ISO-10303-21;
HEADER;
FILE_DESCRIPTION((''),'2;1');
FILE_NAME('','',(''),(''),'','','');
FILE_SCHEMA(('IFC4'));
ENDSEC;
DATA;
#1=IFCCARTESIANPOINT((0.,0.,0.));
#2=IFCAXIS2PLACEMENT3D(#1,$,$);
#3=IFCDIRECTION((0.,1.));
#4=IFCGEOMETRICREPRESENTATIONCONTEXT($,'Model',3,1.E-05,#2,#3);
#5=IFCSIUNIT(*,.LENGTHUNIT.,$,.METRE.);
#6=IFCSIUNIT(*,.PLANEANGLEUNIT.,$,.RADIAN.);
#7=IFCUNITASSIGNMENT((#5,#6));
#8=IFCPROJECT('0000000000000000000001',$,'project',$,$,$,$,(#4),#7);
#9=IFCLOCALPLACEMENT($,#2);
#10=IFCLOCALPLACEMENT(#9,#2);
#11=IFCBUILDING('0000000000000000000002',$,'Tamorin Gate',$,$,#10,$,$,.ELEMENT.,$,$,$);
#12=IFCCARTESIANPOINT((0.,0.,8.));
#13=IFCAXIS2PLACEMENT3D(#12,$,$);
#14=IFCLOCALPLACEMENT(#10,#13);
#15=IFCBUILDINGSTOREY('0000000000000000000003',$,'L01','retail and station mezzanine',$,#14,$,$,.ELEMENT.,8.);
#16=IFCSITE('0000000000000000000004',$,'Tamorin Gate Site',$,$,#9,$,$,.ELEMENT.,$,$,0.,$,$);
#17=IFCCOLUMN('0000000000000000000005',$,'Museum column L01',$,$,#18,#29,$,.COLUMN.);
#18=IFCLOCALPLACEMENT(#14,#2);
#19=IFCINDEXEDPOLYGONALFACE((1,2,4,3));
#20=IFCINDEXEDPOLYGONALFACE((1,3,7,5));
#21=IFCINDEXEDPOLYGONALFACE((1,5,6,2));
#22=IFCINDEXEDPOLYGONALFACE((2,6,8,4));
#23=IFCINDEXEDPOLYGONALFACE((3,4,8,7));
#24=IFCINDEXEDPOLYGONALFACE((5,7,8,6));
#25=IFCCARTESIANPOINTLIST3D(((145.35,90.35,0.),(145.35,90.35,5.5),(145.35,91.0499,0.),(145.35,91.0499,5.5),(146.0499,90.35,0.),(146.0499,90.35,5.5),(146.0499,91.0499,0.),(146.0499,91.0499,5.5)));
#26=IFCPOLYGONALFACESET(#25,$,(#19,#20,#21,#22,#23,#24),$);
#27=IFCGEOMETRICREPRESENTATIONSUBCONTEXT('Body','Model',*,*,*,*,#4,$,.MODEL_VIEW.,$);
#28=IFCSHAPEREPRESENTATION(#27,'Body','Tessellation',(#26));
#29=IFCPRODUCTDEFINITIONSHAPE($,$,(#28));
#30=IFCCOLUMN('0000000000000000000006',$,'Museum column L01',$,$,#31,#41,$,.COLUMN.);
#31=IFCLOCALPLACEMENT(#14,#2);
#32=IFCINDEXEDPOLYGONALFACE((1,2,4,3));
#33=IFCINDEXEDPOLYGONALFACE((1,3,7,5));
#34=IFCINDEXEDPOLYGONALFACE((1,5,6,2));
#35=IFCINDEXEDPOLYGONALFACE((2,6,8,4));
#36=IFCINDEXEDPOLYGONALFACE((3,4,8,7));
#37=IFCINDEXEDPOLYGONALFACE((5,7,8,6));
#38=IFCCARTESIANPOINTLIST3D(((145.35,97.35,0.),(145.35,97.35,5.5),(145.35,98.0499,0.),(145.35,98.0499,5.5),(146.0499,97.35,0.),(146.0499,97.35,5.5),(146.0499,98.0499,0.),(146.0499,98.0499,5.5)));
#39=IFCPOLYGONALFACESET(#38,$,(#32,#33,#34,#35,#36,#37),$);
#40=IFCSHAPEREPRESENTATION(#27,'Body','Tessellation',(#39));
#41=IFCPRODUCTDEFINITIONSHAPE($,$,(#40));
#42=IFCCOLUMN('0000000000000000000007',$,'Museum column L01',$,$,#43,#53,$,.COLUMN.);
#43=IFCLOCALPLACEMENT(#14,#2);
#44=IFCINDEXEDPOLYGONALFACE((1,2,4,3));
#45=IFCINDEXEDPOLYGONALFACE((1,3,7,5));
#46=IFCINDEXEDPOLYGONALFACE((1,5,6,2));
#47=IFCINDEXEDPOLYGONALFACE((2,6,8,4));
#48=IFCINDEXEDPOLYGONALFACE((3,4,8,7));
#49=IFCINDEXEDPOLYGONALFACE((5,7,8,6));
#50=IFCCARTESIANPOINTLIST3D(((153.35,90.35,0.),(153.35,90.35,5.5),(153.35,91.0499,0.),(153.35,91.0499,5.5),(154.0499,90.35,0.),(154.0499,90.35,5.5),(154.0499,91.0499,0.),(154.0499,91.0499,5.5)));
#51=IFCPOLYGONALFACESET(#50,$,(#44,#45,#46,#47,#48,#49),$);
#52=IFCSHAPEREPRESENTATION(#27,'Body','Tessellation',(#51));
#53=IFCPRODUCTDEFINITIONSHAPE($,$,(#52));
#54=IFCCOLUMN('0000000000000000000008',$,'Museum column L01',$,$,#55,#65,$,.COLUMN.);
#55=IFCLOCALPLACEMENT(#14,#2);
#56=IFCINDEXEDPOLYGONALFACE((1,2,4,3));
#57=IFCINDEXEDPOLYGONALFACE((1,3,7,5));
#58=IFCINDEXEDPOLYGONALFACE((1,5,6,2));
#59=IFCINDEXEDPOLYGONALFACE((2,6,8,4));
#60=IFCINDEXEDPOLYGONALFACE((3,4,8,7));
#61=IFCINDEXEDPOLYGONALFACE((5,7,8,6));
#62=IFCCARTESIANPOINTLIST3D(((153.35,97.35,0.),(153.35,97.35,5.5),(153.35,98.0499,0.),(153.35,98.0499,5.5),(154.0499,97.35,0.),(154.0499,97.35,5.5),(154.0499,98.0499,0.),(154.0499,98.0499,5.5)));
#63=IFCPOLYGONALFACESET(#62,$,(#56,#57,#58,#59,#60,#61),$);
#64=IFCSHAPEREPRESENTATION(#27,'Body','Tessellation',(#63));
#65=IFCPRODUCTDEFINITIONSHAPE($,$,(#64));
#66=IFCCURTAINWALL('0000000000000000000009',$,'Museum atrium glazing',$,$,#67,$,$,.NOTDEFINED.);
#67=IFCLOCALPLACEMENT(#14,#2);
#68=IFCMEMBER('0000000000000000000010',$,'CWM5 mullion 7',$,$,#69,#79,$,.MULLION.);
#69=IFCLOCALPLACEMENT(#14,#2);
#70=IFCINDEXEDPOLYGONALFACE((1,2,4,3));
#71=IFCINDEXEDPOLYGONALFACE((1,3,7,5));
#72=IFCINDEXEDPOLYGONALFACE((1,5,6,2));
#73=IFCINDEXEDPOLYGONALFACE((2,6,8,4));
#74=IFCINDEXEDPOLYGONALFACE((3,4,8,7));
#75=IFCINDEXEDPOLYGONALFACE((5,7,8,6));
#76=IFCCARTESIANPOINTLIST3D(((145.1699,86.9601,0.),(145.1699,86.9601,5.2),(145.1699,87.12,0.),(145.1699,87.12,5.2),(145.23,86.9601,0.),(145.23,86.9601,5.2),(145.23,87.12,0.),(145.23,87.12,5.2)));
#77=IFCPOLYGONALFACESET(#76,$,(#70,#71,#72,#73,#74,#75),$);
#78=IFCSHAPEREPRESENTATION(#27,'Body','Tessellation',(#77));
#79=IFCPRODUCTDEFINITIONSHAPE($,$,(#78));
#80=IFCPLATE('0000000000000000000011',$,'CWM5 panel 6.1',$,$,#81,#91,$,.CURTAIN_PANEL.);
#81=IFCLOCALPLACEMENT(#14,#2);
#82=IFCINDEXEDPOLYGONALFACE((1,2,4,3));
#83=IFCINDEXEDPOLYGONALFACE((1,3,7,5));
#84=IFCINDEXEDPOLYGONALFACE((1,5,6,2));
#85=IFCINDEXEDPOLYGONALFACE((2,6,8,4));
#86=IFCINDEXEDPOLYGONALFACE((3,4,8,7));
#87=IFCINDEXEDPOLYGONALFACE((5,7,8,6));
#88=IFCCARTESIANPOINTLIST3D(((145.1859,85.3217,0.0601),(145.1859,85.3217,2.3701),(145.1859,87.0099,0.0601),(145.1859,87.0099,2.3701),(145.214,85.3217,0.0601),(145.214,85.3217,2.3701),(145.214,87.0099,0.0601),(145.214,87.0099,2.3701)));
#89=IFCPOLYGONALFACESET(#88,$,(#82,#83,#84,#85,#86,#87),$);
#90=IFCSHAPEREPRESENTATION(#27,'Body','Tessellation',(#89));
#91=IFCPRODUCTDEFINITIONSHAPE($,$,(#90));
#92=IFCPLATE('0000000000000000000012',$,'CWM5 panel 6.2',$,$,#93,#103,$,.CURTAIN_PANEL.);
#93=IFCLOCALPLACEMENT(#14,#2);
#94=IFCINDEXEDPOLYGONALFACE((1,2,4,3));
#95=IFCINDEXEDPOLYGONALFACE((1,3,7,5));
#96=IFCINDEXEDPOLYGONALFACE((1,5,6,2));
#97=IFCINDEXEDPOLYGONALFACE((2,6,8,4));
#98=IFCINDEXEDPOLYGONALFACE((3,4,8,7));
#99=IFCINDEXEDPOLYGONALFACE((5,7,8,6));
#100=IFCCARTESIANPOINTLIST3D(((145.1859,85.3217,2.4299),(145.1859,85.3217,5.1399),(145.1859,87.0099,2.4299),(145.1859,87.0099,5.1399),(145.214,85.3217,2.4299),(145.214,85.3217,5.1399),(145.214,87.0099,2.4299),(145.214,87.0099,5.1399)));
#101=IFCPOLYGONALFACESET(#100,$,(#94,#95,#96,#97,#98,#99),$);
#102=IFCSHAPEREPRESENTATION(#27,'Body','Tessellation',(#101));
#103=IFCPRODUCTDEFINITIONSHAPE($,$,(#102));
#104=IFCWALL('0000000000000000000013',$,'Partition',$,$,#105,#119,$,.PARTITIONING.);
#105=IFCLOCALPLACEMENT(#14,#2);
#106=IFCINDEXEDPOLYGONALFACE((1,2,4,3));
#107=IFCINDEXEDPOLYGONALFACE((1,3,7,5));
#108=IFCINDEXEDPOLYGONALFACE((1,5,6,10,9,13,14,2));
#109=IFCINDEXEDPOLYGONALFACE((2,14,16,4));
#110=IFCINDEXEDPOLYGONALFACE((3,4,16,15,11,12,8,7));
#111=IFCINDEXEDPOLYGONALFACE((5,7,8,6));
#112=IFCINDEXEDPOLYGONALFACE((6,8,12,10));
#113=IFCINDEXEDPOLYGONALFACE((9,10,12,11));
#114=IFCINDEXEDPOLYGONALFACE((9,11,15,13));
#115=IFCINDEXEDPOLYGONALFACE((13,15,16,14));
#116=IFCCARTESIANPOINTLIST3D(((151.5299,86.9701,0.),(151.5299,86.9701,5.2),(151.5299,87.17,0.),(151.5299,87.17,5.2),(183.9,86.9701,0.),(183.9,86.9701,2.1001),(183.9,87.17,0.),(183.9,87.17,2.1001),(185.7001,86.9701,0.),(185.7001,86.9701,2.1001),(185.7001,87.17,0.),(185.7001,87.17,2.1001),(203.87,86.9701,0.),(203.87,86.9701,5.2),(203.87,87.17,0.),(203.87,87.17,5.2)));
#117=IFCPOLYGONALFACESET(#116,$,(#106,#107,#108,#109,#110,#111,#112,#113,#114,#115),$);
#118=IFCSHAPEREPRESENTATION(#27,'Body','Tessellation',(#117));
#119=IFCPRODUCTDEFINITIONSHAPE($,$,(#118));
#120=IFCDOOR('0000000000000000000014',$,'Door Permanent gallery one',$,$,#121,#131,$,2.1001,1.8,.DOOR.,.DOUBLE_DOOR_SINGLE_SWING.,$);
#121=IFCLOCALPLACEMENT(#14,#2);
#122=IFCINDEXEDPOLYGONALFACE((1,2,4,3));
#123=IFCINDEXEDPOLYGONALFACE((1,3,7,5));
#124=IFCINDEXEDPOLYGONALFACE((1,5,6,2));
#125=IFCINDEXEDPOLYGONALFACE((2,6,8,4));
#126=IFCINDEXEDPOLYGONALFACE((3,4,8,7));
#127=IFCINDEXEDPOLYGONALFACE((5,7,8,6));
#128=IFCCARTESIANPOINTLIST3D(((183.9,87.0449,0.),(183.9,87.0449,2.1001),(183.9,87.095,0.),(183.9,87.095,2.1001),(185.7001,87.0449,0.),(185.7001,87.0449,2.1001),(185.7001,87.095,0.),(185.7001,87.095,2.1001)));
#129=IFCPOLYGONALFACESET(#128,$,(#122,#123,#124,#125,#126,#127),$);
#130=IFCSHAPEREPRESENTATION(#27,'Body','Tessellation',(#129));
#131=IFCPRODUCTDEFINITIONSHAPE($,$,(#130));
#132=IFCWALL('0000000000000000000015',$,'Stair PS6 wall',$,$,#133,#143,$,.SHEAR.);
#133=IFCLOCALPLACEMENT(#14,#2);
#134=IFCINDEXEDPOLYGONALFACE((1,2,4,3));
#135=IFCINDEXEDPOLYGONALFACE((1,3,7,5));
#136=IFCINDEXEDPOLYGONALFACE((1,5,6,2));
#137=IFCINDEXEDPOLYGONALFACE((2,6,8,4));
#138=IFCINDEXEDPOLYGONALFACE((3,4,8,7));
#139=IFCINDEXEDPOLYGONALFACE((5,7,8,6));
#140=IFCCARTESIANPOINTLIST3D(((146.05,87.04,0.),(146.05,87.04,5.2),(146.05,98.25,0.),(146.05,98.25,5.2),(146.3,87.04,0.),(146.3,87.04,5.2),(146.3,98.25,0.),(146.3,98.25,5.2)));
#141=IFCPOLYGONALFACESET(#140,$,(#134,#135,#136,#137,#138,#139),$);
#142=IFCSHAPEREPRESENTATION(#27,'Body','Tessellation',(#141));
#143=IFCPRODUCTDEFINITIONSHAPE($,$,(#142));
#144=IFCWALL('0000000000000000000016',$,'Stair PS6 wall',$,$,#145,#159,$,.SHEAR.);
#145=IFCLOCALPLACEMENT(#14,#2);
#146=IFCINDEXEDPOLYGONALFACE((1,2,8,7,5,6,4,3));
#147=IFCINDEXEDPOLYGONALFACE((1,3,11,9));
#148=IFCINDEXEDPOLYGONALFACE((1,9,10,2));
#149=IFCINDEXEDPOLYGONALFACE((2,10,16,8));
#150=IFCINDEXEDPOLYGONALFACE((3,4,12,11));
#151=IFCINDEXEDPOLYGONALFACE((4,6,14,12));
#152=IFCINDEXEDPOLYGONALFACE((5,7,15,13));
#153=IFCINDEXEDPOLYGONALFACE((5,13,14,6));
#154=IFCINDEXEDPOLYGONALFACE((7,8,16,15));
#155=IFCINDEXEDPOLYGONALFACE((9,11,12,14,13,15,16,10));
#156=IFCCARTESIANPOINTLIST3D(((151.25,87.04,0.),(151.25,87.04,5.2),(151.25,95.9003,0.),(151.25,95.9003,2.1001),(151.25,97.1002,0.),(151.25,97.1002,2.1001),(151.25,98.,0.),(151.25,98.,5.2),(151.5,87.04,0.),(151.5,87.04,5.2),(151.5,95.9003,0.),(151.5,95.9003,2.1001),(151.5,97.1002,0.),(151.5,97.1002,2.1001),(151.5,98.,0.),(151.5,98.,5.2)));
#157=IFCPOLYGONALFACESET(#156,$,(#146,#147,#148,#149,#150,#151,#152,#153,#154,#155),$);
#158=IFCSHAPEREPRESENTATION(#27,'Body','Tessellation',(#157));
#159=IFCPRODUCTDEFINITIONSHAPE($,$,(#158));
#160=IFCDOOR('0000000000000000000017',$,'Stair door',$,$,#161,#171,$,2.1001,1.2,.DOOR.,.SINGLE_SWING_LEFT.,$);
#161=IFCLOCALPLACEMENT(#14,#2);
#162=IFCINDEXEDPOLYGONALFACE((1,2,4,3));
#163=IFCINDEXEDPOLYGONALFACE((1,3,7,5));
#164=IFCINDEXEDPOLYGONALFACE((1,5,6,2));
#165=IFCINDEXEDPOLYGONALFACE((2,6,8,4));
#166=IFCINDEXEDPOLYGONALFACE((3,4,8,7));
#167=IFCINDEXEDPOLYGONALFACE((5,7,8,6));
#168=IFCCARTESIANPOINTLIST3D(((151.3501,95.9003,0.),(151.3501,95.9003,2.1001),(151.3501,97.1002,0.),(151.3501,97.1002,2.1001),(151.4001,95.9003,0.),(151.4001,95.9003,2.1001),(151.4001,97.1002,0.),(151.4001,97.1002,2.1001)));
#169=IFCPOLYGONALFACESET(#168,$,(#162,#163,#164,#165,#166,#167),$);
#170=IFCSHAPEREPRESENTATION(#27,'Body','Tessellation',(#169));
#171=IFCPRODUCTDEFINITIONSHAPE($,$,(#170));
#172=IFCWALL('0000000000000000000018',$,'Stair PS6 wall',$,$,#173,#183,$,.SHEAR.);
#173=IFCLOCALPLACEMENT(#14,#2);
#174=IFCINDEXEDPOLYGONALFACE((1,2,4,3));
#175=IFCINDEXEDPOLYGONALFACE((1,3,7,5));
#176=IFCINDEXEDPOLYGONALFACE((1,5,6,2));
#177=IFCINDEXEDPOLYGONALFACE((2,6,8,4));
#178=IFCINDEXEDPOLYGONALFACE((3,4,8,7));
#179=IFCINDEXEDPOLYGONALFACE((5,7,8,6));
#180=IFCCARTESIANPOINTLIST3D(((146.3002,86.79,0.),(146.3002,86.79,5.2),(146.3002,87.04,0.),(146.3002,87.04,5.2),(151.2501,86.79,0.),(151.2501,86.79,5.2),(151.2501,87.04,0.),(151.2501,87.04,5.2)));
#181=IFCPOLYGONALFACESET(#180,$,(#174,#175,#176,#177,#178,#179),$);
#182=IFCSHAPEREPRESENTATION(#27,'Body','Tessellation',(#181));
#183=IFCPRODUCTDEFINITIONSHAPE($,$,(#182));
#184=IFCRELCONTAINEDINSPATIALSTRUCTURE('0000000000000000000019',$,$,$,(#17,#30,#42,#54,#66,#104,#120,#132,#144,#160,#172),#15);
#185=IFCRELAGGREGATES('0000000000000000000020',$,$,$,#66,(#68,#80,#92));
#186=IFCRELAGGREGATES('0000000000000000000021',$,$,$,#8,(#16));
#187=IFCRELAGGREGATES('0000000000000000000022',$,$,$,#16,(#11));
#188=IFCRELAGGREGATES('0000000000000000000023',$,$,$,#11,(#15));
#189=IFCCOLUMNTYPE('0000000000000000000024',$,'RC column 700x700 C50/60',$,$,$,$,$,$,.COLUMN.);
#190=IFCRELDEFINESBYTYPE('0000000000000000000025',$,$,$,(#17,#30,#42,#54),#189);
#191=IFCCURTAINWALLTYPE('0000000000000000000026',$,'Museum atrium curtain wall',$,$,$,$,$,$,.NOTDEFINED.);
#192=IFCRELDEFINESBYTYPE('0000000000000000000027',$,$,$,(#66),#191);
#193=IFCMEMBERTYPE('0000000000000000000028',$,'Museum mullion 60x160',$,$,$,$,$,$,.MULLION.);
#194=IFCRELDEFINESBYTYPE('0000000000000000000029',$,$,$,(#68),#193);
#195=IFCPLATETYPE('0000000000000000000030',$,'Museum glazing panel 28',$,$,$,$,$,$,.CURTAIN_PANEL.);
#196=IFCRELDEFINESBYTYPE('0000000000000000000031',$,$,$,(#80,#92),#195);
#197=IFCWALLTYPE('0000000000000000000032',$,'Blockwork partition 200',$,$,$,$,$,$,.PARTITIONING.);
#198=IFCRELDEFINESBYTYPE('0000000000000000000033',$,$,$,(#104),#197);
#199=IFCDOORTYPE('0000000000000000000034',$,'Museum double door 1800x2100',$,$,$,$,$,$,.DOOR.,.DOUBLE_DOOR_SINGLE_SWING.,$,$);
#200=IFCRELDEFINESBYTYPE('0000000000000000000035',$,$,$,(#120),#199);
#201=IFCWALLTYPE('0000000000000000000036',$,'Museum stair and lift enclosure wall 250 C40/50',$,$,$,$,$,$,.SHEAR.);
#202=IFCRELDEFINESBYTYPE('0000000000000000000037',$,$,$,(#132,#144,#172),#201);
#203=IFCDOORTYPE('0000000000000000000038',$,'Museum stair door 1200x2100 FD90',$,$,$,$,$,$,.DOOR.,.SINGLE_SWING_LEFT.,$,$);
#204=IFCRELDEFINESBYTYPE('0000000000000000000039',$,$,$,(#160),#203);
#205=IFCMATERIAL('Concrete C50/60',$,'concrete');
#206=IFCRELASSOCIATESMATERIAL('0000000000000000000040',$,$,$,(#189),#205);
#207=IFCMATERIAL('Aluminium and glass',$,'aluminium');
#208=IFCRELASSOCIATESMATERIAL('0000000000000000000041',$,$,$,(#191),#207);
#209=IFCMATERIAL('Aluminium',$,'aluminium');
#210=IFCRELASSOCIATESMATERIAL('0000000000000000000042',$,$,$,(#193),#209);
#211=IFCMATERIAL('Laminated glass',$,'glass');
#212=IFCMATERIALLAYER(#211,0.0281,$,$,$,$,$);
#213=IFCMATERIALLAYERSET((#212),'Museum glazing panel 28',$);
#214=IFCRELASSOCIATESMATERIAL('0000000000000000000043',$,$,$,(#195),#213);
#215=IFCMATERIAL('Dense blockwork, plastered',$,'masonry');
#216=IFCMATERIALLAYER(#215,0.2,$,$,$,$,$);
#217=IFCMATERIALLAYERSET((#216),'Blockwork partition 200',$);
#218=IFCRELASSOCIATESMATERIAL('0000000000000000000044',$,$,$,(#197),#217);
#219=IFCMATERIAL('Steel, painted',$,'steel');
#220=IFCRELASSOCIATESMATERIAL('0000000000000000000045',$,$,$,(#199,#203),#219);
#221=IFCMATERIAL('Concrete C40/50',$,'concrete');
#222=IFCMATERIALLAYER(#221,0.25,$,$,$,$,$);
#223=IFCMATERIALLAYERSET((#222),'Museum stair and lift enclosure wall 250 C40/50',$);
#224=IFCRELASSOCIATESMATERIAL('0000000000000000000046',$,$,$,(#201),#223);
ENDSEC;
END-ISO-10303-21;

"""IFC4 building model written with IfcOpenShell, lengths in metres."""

from ifc_helpers import new_model, si_unit, direction, frame, frame_2d, origin, origin_2d, place, context, subcontext, project, spatial, rectangle, extrude, material, layer, layer_set, material_profile, profile_set, type_object, element, fill, aggregate, save


model = new_model("IFC4")

# Units and contexts
model_context = context("Model", 3, precision=1e-05, world=origin(), true_north=direction((0.0, 1.0)))
body_context = subcontext(model_context, "Body", "Model", "MODEL_VIEW")
ifc_project = project(units=[si_unit("LENGTHUNIT", "METRE"), si_unit("PLANEANGLEUNIT", "RADIAN")], contexts=[model_context])

# Site, building, storey
site_placement = place(None, origin())
site = spatial("IfcSite", under=ifc_project, at=site_placement, Name="Tamorin Gate Site", CompositionType="ELEMENT", RefElevation=0.0)
building_placement = place(site_placement, origin())
building = spatial("IfcBuilding", under=site, at=building_placement, Name="Tamorin Gate", CompositionType="ELEMENT")
storey_placement = place(building_placement, frame((0.0, 0.0, 8.0)))
storey = spatial("IfcBuildingStorey", under=building, at=storey_placement, Name="L01", Description="retail and station mezzanine", CompositionType="ELEMENT", Elevation=8.0)

# Columns
ifc_material_1 = material(Name="Concrete C50/60", Category="concrete")
ifc_material_profile_1 = material_profile(ifc_material_1, rectangle(XDim=0.7, YDim=0.7, at=origin_2d()), Name="RC 700x700")
ifc_profile_set_1 = profile_set([ifc_material_profile_1], Name="Concrete C50/60")
column_type = type_object("IfcColumnType", Name="RC column 700x700 C50/60", PredefinedType="COLUMN", material=ifc_profile_set_1)
for number, where, z_axis, x_axis, name in (
    (1, (145.7, 90.7, 0.0), (0.0, 0.0, 1.0), (1.0, 0.0, 0.0), "Museum column L01"),
    (2, (145.7, 97.7, 0.0), (0.0, 0.0, 1.0), (1.0, 0.0, 0.0), "Museum column L01"),
    (3, (153.7, 90.7, 0.0), (0.0, 0.0, 1.0), (1.0, 0.0, 0.0), "Museum column L01"),
    (4, (153.7, 97.7, 0.0), (0.0, 0.0, 1.0), (1.0, 0.0, 0.0), "Museum column L01"),
):
    element("IfcColumn", number, at=place(storey_placement, frame(where, z_axis=z_axis, x_axis=x_axis)), inside=storey, type_object=column_type, Name=name, PredefinedType="COLUMN", context=body_context, shape_type="SweptSolid", body=[
        extrude(rectangle(XDim=0.7, YDim=0.7, at=origin_2d()), origin(), (0.0, 0.0, 1.0), 5.5),
    ])

# Curtain wall, member, plates
ifc_material_2 = material(Name="Aluminium and glass", Category="aluminium")
curtain_wall_type = type_object("IfcCurtainWallType", Name="Museum atrium curtain wall", PredefinedType="NOTDEFINED", material=ifc_material_2)
curtain_wall_placement = place(storey_placement, origin())
curtain_wall = element("IfcCurtainWall", 5, at=curtain_wall_placement, inside=storey, type_object=curtain_wall_type, Name="Museum atrium glazing", PredefinedType="NOTDEFINED")
ifc_material_3 = material(Name="Aluminium", Category="aluminium")
ifc_material_profile_2 = material_profile(ifc_material_3, rectangle(XDim=0.0601, YDim=0.1599, at=origin_2d()), Name="RECT 60x160")
ifc_profile_set_2 = profile_set([ifc_material_profile_2], Name="Aluminium")
member_type = type_object("IfcMemberType", Name="Museum mullion 60x160", PredefinedType="MULLION", material=ifc_profile_set_2)
member_placement = place(storey_placement, frame((145.2, 87.04, 0.0), z_axis=(0.0, 0.0, 1.0), x_axis=(-1.0, 0.0, 0.0)))
member = element("IfcMember", 6, at=member_placement, type_object=member_type, Name="CWM5 mullion 7", PredefinedType="MULLION", context=body_context, shape_type="SweptSolid", body=[
    extrude(rectangle(XDim=0.0601, YDim=0.1599, at=origin_2d()), origin(), (0.0, 0.0, 1.0), 5.2),
])
ifc_material_4 = material(Name="Laminated glass", Category="glass")
ifc_layer_1 = layer(ifc_material_4, 0.0281)
ifc_layer_set_1 = layer_set([ifc_layer_1], Name="Museum glazing panel 28")
plate_type = type_object("IfcPlateType", Name="Museum glazing panel 28", PredefinedType="CURTAIN_PANEL", material=ifc_layer_set_1)
plate_1_placement = place(storey_placement, frame((145.2, 86.1658, 0.0601), z_axis=(0.0, 0.0, 1.0), x_axis=(0.0, 1.0, 0.0)))
plate_1 = element("IfcPlate", 7, at=plate_1_placement, type_object=plate_type, Name="CWM5 panel 6.1", PredefinedType="CURTAIN_PANEL", context=body_context, shape_type="SweptSolid", body=[
    extrude(rectangle(XDim=1.6882, YDim=0.0281, at=origin_2d()), origin(), (0.0, 0.0, 1.0), 2.3101),
])
plate_2_placement = place(storey_placement, frame((145.2, 86.1658, 2.4299), z_axis=(0.0, 0.0, 1.0), x_axis=(0.0, 1.0, 0.0)))
plate_2 = element("IfcPlate", 8, at=plate_2_placement, type_object=plate_type, Name="CWM5 panel 6.2", PredefinedType="CURTAIN_PANEL", context=body_context, shape_type="SweptSolid", body=[
    extrude(rectangle(XDim=1.6882, YDim=0.0281, at=origin_2d()), origin(), (0.0, 0.0, 1.0), 2.71),
])
aggregate(curtain_wall, [member, plate_1, plate_2])

# Wall, opening, door
ifc_material_5 = material(Name="Dense blockwork, plastered", Category="masonry")
ifc_layer_2 = layer(ifc_material_5, 0.2)
ifc_layer_set_2 = layer_set([ifc_layer_2], Name="Blockwork partition 200")
wall_type_1 = type_object("IfcWallType", Name="Blockwork partition 200", PredefinedType="PARTITIONING", material=ifc_layer_set_2)
wall_1_placement = place(storey_placement, frame((151.53, 87.0701, 0.0), z_axis=(0.0, 0.0, 1.0), x_axis=(1.0, 0.0, 0.0)))
wall_1 = element("IfcWall", 9, at=wall_1_placement, inside=storey, type_object=wall_type_1, Name="Partition", PredefinedType="PARTITIONING", context=body_context, shape_type="SweptSolid", body=[
    extrude(rectangle(XDim=52.3401, YDim=0.2, at=frame_2d((26.1699, 0.0))), origin(), (0.0, 0.0, 1.0), 5.2),
])
opening_1_placement = place(wall_1_placement, frame((32.3701, 0.0, 0.0)))
opening_1 = element("IfcOpeningElement", 10, at=opening_1_placement, cuts=wall_1, PredefinedType="OPENING", context=body_context, shape_type="SweptSolid", body=[
    extrude(rectangle(XDim=1.8, YDim=2.1001, at=frame_2d((0.8999, 1.05))), frame((0.0, 0.1099, 0.0), z_axis=(0.0, -1.0, 0.0), x_axis=(1.0, 0.0, 0.0)), (0.0, 0.0, 1.0), 0.22),
])
ifc_material_6 = material(Name="Steel, painted", Category="steel")
door_type_1 = type_object("IfcDoorType", Name="Museum double door 1800x2100", OperationType="DOUBLE_DOOR_SINGLE_SWING", PredefinedType="DOOR", material=ifc_material_6)
door_1_placement = place(opening_1_placement, origin())
door_1 = element("IfcDoor", 11, at=door_1_placement, inside=storey, type_object=door_type_1, Name="Door Permanent gallery one", OperationType="DOUBLE_DOOR_SINGLE_SWING", OverallHeight=2.1001, OverallWidth=1.8, PredefinedType="DOOR", context=body_context, shape_type="SweptSolid", body=[
    extrude(rectangle(XDim=1.8, YDim=2.1001, at=frame_2d((0.8999, 1.05))), frame((0.0, 0.0249, 0.0), z_axis=(0.0, -1.0, 0.0), x_axis=(1.0, 0.0, 0.0)), (0.0, 0.0, 1.0), 0.05),
])
fill(opening_1, door_1)

# Wall
ifc_material_7 = material(Name="Concrete C40/50", Category="concrete")
ifc_layer_3 = layer(ifc_material_7, 0.25)
ifc_layer_set_3 = layer_set([ifc_layer_3], Name="Museum stair and lift enclosure wall 250 C40/50")
wall_type_2 = type_object("IfcWallType", Name="Museum stair and lift enclosure wall 250 C40/50", PredefinedType="SHEAR", material=ifc_layer_set_3)
wall_2_placement = place(storey_placement, frame((146.175, 87.04, 0.0), z_axis=(0.0, 0.0, 1.0), x_axis=(0.0, 1.0, 0.0)))
element("IfcWall", 12, at=wall_2_placement, inside=storey, type_object=wall_type_2, Name="Stair PS6 wall", PredefinedType="SHEAR", context=body_context, shape_type="SweptSolid", body=[
    extrude(rectangle(XDim=11.21, YDim=0.25, at=frame_2d((5.605, 0.0))), origin(), (0.0, 0.0, 1.0), 5.2),
])

# Wall, opening, door
wall_3_placement = place(storey_placement, frame((151.375, 87.04, 0.0), z_axis=(0.0, 0.0, 1.0), x_axis=(0.0, 1.0, 0.0)))
wall_3 = element("IfcWall", 13, at=wall_3_placement, inside=storey, type_object=wall_type_2, Name="Stair PS6 wall", PredefinedType="SHEAR", context=body_context, shape_type="SweptSolid", body=[
    extrude(rectangle(XDim=10.96, YDim=0.25, at=frame_2d((5.48, 0.0))), origin(), (0.0, 0.0, 1.0), 5.2),
])
opening_2_placement = place(wall_3_placement, frame((8.8601, 0.0, 0.0)))
opening_2 = element("IfcOpeningElement", 14, at=opening_2_placement, cuts=wall_3, PredefinedType="OPENING", context=body_context, shape_type="SweptSolid", body=[
    extrude(rectangle(XDim=1.2, YDim=2.1001, at=frame_2d((0.6001, 1.05))), frame((0.0, 0.135, 0.0), z_axis=(0.0, -1.0, 0.0), x_axis=(1.0, 0.0, 0.0)), (0.0, 0.0, 1.0), 0.27),
])
door_type_2 = type_object("IfcDoorType", Name="Museum stair door 1200x2100 FD90", OperationType="SINGLE_SWING_LEFT", PredefinedType="DOOR", material=ifc_material_6)
door_2_placement = place(opening_2_placement, origin())
door_2 = element("IfcDoor", 15, at=door_2_placement, inside=storey, type_object=door_type_2, Name="Stair door", OperationType="SINGLE_SWING_LEFT", OverallHeight=2.1001, OverallWidth=1.2, PredefinedType="DOOR", context=body_context, shape_type="SweptSolid", body=[
    extrude(rectangle(XDim=1.2, YDim=2.1001, at=frame_2d((0.6001, 1.05))), frame((0.0, 0.0249, 0.0), z_axis=(0.0, -1.0, 0.0), x_axis=(1.0, 0.0, 0.0)), (0.0, 0.0, 1.0), 0.05),
])
fill(opening_2, door_2)

# Wall
wall_4_placement = place(storey_placement, frame((146.3, 86.915, 0.0), z_axis=(0.0, 0.0, 1.0), x_axis=(1.0, 0.0, 0.0)))
element("IfcWall", 16, at=wall_4_placement, inside=storey, type_object=wall_type_2, Name="Stair PS6 wall", PredefinedType="SHEAR", context=body_context, shape_type="SweptSolid", body=[
    extrude(rectangle(XDim=4.95, YDim=0.25, at=frame_2d((2.4751, 0.0))), origin(), (0.0, 0.0, 1.0), 5.2),
])

save(model, "model.ifc")
